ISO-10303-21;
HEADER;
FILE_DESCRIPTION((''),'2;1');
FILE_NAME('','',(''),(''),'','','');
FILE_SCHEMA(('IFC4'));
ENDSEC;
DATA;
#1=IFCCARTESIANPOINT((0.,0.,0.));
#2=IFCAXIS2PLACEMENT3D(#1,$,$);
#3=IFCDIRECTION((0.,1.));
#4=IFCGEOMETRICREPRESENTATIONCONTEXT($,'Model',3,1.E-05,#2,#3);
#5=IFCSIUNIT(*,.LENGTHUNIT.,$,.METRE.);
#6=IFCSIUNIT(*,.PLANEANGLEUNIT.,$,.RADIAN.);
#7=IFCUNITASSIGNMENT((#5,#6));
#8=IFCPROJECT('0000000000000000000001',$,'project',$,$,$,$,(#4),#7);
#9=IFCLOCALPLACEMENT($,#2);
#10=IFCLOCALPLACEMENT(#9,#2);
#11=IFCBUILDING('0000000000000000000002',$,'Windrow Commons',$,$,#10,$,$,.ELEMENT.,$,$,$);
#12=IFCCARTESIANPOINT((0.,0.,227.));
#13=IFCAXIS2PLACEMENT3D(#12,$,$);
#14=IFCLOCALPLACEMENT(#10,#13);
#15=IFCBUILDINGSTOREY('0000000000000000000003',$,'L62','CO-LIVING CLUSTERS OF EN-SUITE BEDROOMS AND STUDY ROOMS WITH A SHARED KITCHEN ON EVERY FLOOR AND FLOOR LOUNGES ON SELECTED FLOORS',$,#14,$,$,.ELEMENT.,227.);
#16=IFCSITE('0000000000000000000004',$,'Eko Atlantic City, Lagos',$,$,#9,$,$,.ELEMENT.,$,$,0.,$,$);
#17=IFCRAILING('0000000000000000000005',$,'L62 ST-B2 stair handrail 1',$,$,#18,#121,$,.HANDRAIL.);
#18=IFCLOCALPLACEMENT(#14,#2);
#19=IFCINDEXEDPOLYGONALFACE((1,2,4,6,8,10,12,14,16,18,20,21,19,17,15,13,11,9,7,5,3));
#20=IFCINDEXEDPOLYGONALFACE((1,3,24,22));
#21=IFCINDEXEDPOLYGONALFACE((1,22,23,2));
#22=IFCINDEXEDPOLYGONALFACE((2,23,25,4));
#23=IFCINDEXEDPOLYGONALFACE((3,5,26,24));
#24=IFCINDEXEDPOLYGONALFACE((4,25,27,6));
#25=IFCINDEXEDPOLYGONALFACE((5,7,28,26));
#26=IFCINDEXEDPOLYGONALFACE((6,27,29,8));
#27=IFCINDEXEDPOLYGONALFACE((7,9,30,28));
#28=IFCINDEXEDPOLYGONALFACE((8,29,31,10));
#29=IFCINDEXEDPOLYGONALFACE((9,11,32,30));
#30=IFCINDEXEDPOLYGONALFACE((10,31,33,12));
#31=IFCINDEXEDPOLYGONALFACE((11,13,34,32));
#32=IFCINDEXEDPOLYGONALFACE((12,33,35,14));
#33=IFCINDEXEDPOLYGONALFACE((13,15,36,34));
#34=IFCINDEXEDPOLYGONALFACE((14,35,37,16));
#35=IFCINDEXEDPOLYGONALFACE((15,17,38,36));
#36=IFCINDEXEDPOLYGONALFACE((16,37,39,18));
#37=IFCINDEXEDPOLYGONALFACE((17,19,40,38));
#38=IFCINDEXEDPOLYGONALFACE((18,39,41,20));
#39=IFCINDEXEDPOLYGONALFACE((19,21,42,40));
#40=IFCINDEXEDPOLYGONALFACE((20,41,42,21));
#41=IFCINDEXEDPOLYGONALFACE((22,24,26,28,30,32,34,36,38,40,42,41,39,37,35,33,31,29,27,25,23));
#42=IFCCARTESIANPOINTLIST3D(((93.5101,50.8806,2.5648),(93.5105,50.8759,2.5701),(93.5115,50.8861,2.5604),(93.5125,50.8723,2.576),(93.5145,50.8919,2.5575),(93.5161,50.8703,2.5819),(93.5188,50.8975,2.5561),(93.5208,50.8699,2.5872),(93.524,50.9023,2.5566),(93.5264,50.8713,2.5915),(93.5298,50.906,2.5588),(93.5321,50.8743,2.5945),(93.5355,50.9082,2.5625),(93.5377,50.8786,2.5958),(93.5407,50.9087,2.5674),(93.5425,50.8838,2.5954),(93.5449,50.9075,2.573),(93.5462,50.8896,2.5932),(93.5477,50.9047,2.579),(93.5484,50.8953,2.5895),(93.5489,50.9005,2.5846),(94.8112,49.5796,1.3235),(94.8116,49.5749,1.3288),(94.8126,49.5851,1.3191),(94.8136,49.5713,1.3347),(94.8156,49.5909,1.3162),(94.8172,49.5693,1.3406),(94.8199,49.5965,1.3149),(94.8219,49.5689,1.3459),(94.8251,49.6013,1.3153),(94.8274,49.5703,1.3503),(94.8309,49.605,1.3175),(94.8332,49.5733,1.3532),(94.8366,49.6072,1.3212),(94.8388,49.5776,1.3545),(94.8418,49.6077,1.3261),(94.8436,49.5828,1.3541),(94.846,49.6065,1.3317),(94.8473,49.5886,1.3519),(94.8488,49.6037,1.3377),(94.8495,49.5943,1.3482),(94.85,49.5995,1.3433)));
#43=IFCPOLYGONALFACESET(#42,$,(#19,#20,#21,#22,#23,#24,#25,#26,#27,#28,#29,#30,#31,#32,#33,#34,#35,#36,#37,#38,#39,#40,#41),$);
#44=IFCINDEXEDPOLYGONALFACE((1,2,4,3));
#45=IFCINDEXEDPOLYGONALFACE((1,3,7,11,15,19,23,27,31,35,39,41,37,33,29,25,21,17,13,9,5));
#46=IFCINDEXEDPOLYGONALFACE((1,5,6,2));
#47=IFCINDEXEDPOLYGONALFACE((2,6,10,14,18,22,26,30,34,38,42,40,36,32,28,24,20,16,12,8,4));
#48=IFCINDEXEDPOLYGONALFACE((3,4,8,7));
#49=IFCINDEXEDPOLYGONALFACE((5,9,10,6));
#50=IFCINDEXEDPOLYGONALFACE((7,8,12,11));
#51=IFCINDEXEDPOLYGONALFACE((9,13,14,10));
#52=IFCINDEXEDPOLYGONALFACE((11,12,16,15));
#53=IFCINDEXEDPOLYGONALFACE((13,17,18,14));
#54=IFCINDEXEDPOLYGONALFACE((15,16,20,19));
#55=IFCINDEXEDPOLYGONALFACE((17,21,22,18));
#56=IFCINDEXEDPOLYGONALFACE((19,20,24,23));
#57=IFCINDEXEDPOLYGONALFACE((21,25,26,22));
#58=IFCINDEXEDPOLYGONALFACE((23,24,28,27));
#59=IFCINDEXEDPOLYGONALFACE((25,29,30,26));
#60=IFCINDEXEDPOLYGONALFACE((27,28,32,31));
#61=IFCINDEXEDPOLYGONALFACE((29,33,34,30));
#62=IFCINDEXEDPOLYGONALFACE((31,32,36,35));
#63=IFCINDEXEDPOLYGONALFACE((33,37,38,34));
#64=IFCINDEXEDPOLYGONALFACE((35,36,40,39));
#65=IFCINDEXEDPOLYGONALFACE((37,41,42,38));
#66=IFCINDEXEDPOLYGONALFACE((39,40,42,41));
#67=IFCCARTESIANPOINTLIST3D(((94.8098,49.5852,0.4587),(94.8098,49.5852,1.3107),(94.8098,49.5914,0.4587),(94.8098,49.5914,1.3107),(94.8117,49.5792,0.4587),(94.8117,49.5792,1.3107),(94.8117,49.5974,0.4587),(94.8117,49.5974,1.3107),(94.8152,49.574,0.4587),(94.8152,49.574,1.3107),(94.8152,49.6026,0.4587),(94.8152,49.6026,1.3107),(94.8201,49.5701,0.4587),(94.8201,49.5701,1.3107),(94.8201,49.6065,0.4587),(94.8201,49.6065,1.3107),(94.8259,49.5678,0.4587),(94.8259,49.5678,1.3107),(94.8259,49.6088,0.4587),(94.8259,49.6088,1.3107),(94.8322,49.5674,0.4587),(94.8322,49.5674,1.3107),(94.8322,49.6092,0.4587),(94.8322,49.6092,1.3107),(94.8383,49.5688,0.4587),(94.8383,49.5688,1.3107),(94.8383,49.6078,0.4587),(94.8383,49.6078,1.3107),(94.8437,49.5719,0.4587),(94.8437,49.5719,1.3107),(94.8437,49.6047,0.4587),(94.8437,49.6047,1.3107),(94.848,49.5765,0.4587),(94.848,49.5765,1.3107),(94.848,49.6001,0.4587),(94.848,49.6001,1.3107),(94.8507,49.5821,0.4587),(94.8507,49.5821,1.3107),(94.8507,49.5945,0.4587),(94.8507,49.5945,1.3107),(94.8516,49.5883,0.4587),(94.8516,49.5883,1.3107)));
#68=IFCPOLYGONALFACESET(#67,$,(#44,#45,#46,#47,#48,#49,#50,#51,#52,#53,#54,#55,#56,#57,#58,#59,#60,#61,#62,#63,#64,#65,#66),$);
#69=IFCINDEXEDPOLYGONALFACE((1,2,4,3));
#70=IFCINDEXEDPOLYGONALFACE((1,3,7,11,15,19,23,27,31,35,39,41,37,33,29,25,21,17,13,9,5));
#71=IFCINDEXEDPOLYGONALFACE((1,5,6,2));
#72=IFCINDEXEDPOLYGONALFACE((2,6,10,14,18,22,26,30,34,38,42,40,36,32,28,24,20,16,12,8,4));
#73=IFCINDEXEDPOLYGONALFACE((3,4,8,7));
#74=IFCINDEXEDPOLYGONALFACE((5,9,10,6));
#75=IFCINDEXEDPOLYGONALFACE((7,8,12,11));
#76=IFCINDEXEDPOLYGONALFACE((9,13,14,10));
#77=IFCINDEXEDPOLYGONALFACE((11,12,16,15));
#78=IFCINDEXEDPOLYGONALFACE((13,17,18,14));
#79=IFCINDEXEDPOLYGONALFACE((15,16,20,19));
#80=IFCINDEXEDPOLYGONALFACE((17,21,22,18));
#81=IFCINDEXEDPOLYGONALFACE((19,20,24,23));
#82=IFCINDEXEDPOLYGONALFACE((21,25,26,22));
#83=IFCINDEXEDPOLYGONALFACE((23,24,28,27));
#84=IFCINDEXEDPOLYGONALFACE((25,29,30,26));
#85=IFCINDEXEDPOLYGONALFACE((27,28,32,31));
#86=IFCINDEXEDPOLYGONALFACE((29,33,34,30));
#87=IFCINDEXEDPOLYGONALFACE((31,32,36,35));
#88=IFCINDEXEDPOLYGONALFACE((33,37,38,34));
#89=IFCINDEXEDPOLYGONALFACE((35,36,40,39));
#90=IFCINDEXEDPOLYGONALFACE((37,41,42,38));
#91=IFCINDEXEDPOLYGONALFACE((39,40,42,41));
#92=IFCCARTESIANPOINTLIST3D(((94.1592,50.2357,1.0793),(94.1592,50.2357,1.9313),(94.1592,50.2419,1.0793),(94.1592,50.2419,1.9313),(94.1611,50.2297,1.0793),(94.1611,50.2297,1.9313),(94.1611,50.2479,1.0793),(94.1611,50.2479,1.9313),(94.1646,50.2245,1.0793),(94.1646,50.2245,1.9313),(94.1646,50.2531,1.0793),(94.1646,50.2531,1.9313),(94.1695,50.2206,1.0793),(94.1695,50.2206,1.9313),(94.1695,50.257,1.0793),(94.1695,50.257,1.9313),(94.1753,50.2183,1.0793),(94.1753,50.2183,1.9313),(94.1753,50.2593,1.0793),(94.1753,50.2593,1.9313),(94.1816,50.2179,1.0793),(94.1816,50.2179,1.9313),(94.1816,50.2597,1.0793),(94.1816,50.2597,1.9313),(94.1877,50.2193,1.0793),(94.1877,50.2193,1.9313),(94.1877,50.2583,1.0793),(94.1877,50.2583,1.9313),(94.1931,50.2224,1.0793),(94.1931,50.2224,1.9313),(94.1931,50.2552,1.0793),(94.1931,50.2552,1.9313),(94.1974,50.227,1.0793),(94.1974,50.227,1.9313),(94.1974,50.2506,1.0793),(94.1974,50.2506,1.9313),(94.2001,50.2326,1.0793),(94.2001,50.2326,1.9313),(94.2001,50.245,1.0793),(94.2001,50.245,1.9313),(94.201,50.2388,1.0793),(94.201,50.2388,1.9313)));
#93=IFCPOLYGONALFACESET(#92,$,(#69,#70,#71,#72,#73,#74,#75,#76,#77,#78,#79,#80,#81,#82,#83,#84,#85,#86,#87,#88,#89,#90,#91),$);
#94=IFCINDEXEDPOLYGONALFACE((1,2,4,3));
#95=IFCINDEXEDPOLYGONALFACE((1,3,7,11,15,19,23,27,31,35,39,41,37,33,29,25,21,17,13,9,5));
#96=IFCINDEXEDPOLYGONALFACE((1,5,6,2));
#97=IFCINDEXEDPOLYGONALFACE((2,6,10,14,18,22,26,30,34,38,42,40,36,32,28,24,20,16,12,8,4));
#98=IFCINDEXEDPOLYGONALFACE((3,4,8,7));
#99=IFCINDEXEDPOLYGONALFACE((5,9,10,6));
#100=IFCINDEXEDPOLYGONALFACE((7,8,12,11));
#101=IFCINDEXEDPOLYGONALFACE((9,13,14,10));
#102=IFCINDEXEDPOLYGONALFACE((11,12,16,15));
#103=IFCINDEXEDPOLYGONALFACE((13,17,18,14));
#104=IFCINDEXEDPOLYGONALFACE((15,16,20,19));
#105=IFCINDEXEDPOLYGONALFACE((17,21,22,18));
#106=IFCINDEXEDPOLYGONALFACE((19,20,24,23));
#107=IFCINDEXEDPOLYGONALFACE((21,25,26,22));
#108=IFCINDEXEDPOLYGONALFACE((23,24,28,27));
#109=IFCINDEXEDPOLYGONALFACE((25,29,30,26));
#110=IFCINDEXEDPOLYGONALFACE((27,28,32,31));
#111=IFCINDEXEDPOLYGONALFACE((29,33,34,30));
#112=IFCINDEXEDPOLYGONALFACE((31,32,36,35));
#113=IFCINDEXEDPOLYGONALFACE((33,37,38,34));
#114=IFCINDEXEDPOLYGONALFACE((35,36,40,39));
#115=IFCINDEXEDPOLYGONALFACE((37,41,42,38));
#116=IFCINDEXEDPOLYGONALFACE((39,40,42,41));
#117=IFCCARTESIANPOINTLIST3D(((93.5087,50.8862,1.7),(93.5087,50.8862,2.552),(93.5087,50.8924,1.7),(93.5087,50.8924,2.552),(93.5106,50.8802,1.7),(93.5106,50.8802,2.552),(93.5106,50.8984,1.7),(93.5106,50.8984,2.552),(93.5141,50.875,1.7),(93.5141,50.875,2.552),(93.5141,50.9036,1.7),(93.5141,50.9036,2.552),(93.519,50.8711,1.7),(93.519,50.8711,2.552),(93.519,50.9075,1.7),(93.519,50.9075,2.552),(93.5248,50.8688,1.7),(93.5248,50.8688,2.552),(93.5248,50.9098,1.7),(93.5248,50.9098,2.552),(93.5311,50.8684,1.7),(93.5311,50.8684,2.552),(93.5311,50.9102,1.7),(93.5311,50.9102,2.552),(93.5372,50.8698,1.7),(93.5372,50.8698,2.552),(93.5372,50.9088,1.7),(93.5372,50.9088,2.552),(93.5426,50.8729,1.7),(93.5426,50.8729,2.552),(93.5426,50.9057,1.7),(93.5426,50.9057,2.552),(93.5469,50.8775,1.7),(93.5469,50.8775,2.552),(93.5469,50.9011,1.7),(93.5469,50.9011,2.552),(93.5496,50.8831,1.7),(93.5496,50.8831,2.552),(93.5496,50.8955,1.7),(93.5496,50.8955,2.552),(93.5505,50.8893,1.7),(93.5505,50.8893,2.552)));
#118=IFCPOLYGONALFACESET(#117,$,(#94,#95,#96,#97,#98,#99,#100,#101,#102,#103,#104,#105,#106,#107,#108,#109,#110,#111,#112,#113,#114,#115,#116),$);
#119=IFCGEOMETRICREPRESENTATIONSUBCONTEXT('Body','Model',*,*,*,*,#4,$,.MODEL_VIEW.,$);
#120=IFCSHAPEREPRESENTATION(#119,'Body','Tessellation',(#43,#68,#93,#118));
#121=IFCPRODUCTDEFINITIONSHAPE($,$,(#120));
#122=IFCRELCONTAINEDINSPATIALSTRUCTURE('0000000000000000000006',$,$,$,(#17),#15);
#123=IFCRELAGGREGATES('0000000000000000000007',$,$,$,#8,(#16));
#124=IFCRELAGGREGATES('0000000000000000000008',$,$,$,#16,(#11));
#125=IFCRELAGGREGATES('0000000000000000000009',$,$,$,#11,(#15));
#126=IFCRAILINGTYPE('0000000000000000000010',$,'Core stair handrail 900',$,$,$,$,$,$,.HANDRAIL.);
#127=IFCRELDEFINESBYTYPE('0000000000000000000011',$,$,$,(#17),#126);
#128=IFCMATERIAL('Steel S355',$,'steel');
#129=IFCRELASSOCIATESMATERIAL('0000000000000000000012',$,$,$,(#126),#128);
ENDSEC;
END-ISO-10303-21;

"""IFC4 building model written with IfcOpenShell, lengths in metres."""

from ifc_helpers import new_model, si_unit, direction, frame, origin, origin_2d, place, context, subcontext, project, spatial, circle, extrude, material, type_object, element, save


model = new_model("IFC4")

# Units and contexts
model_context = context("Model", 3, precision=1e-05, world=origin(), true_north=direction((0.0, 1.0)))
body_context = subcontext(model_context, "Body", "Model", "MODEL_VIEW")
ifc_project = project(units=[si_unit("LENGTHUNIT", "METRE"), si_unit("PLANEANGLEUNIT", "RADIAN")], contexts=[model_context])

# Site, building, storey
site_placement = place(None, origin())
site = spatial("IfcSite", under=ifc_project, at=site_placement, Name="Eko Atlantic City, Lagos", CompositionType="ELEMENT", RefElevation=0.0)
building_placement = place(site_placement, origin())
building = spatial("IfcBuilding", under=site, at=building_placement, Name="Windrow Commons", CompositionType="ELEMENT")
storey_placement = place(building_placement, frame((0.0, 0.0, 227.0)))
storey = spatial("IfcBuildingStorey", under=building, at=storey_placement, Name="L62", Description="CO-LIVING CLUSTERS OF EN-SUITE BEDROOMS AND STUDY ROOMS WITH A SHARED KITCHEN ON EVERY FLOOR AND FLOOR LOUNGES ON SELECTED FLOORS", CompositionType="ELEMENT", Elevation=227.0)

# Railing
ifc_material_1 = material(Name="Steel S355", Category="steel")
railing_type_1 = type_object("IfcRailingType", Name="Core stair handrail 900", PredefinedType="HANDRAIL", material=ifc_material_1)
railing_1_placement = place(storey_placement, frame((94.8306, 49.5883, 0.4587)))
element("IfcRailing", 1, at=railing_1_placement, inside=storey, type_object=railing_type_1, Name="L62 ST-B2 stair handrail 1", PredefinedType="HANDRAIL", context=body_context, shape_type="SweptSolid", body=[
    extrude(circle(Radius=0.024, at=origin_2d()), frame((0.0, 0.0, 0.876), z_axis=(-0.586207, 0.586162, 0.559264), x_axis=(-0.70708, -0.707134, 0.0)), (0.0, 0.0, 1.0), 2.2195),
    extrude(circle(Radius=0.021, at=origin_2d()), origin(), (0.0, 0.0, 1.0), 0.852),
    extrude(circle(Radius=0.021, at=origin_2d()), frame((-0.6506, 0.6505, 0.6206)), (0.0, 0.0, 1.0), 0.852),
    extrude(circle(Radius=0.021, at=origin_2d()), frame((-1.3011, 1.301, 1.2413)), (0.0, 0.0, 1.0), 0.852),
])

save(model, "model.ifc")
